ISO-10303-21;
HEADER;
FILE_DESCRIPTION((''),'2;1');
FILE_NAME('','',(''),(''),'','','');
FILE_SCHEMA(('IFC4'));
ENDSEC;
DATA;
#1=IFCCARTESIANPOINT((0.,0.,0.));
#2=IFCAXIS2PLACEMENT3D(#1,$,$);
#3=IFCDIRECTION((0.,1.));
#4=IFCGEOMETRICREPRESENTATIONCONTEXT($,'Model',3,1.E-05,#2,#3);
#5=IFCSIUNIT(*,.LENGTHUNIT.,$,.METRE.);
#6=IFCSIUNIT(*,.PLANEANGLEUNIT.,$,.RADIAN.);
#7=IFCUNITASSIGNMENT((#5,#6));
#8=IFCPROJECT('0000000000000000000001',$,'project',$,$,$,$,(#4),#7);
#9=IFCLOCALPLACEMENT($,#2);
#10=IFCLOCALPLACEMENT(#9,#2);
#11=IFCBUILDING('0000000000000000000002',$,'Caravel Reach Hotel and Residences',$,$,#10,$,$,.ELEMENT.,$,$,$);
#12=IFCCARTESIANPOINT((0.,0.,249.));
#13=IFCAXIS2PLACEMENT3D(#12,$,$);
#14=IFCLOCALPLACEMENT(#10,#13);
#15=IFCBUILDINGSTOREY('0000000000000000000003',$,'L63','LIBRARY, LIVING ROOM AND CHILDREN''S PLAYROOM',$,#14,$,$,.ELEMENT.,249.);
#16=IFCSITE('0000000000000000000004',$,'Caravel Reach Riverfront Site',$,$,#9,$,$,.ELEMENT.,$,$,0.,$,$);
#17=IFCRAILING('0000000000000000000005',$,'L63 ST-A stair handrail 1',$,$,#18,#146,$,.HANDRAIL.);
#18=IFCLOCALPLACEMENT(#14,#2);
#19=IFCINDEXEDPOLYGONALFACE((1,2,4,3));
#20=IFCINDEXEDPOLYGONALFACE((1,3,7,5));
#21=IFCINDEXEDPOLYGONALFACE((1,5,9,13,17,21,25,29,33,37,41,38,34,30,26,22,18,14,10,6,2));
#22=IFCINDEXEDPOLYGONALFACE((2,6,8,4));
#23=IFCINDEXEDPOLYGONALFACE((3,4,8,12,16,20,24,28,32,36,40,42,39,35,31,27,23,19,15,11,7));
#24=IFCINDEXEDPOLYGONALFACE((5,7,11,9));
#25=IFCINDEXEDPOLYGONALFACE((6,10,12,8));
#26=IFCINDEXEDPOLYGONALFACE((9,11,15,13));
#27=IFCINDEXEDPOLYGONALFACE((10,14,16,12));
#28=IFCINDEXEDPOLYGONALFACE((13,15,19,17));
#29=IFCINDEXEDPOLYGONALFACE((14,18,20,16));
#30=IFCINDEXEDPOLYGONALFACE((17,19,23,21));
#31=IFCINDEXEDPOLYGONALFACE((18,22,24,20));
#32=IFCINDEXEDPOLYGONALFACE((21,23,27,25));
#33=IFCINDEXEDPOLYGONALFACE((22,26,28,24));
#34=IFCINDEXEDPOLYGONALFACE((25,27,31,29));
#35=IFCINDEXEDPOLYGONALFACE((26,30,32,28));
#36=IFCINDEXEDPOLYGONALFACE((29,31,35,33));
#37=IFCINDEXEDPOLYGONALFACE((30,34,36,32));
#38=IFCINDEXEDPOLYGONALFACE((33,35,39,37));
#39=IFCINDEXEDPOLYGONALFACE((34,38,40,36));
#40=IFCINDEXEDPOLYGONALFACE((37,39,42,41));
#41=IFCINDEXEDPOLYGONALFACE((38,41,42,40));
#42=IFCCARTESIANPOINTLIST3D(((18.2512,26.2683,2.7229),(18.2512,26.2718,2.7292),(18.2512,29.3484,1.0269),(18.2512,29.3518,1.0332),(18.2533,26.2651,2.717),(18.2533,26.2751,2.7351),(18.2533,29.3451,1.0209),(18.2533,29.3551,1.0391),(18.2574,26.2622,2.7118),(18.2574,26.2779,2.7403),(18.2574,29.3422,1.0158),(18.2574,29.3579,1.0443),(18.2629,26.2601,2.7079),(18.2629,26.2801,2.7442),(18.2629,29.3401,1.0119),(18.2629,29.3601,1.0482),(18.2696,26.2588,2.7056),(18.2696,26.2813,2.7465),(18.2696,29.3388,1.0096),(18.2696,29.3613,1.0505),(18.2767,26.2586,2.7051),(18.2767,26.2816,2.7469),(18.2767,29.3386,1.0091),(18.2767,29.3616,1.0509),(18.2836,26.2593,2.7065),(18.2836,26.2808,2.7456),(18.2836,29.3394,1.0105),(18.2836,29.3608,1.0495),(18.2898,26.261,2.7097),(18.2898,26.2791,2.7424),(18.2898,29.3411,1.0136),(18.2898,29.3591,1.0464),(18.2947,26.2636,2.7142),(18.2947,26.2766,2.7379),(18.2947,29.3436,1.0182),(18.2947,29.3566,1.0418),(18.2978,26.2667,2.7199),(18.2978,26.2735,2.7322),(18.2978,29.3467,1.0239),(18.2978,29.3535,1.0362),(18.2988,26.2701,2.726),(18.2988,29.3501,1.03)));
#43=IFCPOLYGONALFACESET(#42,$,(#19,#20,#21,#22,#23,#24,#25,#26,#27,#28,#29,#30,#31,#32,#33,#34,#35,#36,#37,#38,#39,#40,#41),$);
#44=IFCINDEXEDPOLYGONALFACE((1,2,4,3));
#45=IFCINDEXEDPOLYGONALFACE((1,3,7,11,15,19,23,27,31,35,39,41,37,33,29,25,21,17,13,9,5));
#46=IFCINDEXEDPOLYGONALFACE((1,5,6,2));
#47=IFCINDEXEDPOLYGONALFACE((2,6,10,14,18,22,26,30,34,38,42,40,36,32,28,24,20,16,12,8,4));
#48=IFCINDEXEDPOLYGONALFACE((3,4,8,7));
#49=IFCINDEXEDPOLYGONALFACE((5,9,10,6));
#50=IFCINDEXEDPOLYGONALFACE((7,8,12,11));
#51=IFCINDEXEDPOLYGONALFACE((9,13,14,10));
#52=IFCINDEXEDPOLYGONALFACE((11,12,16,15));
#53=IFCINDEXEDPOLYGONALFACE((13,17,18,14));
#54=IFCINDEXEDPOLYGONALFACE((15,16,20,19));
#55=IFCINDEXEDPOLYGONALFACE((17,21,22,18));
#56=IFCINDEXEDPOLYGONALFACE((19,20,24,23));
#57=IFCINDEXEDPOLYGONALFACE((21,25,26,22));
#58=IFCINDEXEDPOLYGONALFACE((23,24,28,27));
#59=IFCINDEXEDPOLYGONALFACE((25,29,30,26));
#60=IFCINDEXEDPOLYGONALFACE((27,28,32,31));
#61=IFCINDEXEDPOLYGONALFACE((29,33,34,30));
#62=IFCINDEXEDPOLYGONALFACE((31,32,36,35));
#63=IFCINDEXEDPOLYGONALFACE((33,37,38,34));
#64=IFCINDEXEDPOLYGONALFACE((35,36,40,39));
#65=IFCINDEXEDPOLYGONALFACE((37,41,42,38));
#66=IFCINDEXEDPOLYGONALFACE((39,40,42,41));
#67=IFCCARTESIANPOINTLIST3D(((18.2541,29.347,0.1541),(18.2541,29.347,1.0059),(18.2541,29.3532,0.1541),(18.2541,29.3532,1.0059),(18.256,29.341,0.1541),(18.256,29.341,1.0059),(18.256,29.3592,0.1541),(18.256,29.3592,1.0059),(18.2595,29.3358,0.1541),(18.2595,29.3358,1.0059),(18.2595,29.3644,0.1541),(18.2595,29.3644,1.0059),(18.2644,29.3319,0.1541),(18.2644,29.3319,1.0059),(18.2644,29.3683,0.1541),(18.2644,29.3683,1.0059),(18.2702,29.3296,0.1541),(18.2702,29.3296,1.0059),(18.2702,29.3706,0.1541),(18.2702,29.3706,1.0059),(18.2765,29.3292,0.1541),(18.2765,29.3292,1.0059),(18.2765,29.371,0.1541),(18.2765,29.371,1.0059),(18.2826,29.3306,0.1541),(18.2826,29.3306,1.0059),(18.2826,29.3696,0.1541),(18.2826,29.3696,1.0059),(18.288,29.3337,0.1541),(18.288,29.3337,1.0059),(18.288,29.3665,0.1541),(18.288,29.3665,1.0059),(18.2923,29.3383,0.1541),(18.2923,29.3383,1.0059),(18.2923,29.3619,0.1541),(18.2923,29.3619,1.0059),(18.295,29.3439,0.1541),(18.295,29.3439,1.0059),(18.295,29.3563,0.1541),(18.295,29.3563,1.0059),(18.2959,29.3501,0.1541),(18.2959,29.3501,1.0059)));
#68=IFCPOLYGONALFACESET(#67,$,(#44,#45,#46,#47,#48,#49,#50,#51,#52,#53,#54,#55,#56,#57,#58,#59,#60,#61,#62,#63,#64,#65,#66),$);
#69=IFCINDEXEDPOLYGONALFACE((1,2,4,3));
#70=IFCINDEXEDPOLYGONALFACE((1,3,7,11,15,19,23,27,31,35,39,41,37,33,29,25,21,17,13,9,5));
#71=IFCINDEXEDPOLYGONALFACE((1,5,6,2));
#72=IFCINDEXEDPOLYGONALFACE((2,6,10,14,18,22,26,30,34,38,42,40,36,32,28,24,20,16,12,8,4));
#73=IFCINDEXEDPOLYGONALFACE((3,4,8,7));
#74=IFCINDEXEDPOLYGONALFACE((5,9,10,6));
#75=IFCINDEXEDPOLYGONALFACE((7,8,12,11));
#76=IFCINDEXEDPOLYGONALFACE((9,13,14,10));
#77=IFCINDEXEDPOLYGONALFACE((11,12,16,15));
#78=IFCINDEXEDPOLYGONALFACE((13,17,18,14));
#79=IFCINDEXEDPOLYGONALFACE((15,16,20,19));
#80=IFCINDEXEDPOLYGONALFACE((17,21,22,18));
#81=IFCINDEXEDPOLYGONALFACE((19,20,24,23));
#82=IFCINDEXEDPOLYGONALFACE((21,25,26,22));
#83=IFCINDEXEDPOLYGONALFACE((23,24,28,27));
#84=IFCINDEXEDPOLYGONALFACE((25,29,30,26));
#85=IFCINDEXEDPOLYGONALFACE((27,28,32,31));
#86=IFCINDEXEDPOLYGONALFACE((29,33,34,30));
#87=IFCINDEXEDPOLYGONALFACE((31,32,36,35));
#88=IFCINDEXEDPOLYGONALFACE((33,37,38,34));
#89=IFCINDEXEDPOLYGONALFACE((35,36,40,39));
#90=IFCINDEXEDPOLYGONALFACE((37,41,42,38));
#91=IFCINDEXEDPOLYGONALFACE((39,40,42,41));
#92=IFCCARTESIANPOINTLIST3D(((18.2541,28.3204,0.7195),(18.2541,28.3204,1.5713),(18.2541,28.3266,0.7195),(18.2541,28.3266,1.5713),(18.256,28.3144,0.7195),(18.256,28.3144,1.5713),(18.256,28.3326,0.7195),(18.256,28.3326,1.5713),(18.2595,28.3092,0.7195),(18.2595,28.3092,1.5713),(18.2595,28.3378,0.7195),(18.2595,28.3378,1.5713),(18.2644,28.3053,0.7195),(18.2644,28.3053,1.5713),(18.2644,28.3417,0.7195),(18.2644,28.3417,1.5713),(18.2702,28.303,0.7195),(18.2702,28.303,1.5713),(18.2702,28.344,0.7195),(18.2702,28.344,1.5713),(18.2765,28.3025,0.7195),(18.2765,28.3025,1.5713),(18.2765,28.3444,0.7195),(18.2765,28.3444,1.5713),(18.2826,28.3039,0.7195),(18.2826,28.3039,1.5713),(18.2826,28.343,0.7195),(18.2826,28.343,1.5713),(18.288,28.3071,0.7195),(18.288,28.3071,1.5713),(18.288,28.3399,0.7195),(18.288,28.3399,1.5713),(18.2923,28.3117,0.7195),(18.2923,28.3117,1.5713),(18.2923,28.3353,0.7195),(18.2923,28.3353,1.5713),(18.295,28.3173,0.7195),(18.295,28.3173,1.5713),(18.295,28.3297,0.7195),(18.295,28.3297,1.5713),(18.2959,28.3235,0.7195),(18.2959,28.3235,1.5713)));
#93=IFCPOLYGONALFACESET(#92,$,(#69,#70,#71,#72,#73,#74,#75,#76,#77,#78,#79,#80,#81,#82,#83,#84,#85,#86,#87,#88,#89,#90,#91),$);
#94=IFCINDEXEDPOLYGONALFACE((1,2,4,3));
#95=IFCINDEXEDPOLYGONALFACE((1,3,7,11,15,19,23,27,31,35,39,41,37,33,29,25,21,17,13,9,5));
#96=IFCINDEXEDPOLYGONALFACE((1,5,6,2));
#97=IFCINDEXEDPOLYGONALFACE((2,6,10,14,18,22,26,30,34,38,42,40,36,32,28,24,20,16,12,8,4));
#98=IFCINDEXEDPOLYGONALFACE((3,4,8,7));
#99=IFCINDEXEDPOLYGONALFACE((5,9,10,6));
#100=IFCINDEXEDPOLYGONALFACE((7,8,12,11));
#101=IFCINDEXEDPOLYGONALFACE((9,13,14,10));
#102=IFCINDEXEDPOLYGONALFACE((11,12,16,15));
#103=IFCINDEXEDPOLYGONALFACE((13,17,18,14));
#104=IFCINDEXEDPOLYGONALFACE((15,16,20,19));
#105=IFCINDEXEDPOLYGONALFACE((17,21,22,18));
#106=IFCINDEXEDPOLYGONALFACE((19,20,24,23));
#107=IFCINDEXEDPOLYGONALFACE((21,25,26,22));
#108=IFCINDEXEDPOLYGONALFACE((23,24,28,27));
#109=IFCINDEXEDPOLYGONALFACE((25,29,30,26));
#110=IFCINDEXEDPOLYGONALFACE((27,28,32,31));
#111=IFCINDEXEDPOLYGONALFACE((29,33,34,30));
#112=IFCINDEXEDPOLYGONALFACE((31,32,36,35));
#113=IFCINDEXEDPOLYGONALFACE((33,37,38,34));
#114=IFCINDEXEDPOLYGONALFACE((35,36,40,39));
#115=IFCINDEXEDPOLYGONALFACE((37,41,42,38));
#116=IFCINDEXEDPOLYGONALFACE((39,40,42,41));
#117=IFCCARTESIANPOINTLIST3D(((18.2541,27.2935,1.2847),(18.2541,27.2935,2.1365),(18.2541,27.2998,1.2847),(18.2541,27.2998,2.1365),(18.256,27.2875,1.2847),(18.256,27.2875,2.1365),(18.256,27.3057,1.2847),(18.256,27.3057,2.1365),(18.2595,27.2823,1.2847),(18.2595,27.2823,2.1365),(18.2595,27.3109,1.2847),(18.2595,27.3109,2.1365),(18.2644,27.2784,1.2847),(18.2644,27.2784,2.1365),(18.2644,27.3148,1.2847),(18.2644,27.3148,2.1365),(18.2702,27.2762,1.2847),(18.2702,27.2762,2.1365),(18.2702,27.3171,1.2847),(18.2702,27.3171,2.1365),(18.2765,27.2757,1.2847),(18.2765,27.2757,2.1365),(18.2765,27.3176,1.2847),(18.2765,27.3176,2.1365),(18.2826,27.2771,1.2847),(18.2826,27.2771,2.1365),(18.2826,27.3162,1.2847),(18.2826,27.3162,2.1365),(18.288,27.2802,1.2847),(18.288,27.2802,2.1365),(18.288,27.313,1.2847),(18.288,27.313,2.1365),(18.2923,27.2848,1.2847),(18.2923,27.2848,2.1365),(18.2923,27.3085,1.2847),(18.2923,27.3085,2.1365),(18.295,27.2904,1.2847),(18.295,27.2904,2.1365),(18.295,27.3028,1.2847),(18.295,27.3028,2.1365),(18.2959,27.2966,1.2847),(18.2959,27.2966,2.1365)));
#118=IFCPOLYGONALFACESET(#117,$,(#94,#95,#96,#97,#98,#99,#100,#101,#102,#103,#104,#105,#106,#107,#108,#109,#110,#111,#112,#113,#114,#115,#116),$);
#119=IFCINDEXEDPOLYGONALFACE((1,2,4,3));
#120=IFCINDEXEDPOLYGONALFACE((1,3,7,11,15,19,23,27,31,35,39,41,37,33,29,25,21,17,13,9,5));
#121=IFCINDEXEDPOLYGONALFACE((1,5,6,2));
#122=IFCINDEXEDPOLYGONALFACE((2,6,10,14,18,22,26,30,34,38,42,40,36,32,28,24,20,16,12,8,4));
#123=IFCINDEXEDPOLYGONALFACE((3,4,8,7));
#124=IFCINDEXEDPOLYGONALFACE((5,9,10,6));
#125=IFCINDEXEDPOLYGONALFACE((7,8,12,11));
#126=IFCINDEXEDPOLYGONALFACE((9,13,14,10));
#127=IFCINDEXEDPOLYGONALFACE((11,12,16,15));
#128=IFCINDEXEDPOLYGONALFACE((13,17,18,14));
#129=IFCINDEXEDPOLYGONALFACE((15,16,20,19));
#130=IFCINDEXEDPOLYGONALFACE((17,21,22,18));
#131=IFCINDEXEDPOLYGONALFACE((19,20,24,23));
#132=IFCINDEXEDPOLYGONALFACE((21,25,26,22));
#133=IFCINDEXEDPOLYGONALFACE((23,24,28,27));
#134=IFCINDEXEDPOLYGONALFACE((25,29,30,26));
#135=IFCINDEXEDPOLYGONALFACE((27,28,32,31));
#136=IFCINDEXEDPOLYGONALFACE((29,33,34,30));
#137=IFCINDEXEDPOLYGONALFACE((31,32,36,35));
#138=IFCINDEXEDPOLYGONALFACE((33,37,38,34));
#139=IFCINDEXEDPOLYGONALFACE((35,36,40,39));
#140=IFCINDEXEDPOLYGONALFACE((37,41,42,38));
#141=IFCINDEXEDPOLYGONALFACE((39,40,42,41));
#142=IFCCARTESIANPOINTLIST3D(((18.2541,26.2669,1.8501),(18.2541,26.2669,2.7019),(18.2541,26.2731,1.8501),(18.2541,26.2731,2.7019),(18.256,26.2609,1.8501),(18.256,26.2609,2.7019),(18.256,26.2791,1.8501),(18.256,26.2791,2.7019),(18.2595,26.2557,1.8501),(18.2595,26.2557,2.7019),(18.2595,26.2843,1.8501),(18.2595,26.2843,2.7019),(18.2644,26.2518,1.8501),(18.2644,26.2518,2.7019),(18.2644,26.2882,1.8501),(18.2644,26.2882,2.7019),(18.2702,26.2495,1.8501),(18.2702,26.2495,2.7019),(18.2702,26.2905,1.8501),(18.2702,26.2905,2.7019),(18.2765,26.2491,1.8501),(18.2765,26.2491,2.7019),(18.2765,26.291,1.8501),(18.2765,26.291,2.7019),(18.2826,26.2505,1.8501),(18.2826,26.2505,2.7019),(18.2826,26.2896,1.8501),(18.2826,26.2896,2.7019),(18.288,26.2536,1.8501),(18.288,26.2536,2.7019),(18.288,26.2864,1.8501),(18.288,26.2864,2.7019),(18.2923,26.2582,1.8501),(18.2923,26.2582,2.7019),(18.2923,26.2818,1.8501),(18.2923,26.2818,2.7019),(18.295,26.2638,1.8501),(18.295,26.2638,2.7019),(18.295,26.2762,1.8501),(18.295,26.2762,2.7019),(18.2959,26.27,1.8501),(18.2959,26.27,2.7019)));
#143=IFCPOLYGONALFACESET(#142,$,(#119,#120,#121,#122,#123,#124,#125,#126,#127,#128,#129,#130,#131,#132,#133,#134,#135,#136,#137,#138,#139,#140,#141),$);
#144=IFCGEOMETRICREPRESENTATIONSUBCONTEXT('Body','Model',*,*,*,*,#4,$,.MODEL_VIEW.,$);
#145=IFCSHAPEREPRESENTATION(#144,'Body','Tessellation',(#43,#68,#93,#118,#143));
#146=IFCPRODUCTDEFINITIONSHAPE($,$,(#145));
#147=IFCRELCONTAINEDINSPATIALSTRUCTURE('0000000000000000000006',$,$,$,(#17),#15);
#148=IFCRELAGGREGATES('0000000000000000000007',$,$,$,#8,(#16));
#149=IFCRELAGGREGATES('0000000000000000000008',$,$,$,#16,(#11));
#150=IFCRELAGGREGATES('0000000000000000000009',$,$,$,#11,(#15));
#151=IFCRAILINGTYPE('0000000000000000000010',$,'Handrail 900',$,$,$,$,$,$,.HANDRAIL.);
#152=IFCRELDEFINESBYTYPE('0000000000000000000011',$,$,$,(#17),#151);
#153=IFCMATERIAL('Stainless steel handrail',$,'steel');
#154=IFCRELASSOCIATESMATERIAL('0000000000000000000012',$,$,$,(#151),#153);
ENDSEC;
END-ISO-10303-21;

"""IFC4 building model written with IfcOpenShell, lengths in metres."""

from ifc_helpers import new_model, si_unit, direction, frame, origin, origin_2d, place, context, subcontext, project, spatial, circle, extrude, material, type_object, element, save


model = new_model("IFC4")

# Units and contexts
model_context = context("Model", 3, precision=1e-05, world=origin(), true_north=direction((0.0, 1.0)))
body_context = subcontext(model_context, "Body", "Model", "MODEL_VIEW")
ifc_project = project(units=[si_unit("LENGTHUNIT", "METRE"), si_unit("PLANEANGLEUNIT", "RADIAN")], contexts=[model_context])

# Site, building, storey
site_placement = place(None, origin())
site = spatial("IfcSite", under=ifc_project, at=site_placement, Name="Caravel Reach Riverfront Site", CompositionType="ELEMENT", RefElevation=0.0)
building_placement = place(site_placement, origin())
building = spatial("IfcBuilding", under=site, at=building_placement, Name="Caravel Reach Hotel and Residences", CompositionType="ELEMENT")
storey_placement = place(building_placement, frame((0.0, 0.0, 249.0)))
storey = spatial("IfcBuildingStorey", under=building, at=storey_placement, Name="L63", Description="LIBRARY, LIVING ROOM AND CHILDREN'S PLAYROOM", CompositionType="ELEMENT", Elevation=249.0)

# Railing
ifc_material_1 = material(Name="Stainless steel handrail", Category="steel")
railing_type = type_object("IfcRailingType", Name="Handrail 900", PredefinedType="HANDRAIL", material=ifc_material_1)
railing_placement = place(storey_placement, frame((18.2749, 29.3501, 0.1541)))
element("IfcRailing", 1, at=railing_placement, inside=storey, type_object=railing_type, Name="L63 ST-A stair handrail 1", PredefinedType="HANDRAIL", context=body_context, shape_type="SweptSolid", body=[
    extrude(circle(Radius=0.0239, at=origin_2d()), frame((0.0, 0.0, 0.876), z_axis=(0.0, -0.875975, 0.482356), x_axis=(1.0, 0.0, 0.0)), (0.0, 0.0, 1.0), 3.5161),
    extrude(circle(Radius=0.021, at=origin_2d()), origin(), (0.0, 0.0, 1.0), 0.8518),
    extrude(circle(Radius=0.021, at=origin_2d()), frame((0.0, -1.0266, 0.5654)), (0.0, 0.0, 1.0), 0.8518),
    extrude(circle(Radius=0.021, at=origin_2d()), frame((0.0, -2.0535, 1.1306)), (0.0, 0.0, 1.0), 0.8518),
    extrude(circle(Radius=0.021, at=origin_2d()), frame((0.0, -3.0801, 1.696)), (0.0, 0.0, 1.0), 0.8518),
])

save(model, "model.ifc")
